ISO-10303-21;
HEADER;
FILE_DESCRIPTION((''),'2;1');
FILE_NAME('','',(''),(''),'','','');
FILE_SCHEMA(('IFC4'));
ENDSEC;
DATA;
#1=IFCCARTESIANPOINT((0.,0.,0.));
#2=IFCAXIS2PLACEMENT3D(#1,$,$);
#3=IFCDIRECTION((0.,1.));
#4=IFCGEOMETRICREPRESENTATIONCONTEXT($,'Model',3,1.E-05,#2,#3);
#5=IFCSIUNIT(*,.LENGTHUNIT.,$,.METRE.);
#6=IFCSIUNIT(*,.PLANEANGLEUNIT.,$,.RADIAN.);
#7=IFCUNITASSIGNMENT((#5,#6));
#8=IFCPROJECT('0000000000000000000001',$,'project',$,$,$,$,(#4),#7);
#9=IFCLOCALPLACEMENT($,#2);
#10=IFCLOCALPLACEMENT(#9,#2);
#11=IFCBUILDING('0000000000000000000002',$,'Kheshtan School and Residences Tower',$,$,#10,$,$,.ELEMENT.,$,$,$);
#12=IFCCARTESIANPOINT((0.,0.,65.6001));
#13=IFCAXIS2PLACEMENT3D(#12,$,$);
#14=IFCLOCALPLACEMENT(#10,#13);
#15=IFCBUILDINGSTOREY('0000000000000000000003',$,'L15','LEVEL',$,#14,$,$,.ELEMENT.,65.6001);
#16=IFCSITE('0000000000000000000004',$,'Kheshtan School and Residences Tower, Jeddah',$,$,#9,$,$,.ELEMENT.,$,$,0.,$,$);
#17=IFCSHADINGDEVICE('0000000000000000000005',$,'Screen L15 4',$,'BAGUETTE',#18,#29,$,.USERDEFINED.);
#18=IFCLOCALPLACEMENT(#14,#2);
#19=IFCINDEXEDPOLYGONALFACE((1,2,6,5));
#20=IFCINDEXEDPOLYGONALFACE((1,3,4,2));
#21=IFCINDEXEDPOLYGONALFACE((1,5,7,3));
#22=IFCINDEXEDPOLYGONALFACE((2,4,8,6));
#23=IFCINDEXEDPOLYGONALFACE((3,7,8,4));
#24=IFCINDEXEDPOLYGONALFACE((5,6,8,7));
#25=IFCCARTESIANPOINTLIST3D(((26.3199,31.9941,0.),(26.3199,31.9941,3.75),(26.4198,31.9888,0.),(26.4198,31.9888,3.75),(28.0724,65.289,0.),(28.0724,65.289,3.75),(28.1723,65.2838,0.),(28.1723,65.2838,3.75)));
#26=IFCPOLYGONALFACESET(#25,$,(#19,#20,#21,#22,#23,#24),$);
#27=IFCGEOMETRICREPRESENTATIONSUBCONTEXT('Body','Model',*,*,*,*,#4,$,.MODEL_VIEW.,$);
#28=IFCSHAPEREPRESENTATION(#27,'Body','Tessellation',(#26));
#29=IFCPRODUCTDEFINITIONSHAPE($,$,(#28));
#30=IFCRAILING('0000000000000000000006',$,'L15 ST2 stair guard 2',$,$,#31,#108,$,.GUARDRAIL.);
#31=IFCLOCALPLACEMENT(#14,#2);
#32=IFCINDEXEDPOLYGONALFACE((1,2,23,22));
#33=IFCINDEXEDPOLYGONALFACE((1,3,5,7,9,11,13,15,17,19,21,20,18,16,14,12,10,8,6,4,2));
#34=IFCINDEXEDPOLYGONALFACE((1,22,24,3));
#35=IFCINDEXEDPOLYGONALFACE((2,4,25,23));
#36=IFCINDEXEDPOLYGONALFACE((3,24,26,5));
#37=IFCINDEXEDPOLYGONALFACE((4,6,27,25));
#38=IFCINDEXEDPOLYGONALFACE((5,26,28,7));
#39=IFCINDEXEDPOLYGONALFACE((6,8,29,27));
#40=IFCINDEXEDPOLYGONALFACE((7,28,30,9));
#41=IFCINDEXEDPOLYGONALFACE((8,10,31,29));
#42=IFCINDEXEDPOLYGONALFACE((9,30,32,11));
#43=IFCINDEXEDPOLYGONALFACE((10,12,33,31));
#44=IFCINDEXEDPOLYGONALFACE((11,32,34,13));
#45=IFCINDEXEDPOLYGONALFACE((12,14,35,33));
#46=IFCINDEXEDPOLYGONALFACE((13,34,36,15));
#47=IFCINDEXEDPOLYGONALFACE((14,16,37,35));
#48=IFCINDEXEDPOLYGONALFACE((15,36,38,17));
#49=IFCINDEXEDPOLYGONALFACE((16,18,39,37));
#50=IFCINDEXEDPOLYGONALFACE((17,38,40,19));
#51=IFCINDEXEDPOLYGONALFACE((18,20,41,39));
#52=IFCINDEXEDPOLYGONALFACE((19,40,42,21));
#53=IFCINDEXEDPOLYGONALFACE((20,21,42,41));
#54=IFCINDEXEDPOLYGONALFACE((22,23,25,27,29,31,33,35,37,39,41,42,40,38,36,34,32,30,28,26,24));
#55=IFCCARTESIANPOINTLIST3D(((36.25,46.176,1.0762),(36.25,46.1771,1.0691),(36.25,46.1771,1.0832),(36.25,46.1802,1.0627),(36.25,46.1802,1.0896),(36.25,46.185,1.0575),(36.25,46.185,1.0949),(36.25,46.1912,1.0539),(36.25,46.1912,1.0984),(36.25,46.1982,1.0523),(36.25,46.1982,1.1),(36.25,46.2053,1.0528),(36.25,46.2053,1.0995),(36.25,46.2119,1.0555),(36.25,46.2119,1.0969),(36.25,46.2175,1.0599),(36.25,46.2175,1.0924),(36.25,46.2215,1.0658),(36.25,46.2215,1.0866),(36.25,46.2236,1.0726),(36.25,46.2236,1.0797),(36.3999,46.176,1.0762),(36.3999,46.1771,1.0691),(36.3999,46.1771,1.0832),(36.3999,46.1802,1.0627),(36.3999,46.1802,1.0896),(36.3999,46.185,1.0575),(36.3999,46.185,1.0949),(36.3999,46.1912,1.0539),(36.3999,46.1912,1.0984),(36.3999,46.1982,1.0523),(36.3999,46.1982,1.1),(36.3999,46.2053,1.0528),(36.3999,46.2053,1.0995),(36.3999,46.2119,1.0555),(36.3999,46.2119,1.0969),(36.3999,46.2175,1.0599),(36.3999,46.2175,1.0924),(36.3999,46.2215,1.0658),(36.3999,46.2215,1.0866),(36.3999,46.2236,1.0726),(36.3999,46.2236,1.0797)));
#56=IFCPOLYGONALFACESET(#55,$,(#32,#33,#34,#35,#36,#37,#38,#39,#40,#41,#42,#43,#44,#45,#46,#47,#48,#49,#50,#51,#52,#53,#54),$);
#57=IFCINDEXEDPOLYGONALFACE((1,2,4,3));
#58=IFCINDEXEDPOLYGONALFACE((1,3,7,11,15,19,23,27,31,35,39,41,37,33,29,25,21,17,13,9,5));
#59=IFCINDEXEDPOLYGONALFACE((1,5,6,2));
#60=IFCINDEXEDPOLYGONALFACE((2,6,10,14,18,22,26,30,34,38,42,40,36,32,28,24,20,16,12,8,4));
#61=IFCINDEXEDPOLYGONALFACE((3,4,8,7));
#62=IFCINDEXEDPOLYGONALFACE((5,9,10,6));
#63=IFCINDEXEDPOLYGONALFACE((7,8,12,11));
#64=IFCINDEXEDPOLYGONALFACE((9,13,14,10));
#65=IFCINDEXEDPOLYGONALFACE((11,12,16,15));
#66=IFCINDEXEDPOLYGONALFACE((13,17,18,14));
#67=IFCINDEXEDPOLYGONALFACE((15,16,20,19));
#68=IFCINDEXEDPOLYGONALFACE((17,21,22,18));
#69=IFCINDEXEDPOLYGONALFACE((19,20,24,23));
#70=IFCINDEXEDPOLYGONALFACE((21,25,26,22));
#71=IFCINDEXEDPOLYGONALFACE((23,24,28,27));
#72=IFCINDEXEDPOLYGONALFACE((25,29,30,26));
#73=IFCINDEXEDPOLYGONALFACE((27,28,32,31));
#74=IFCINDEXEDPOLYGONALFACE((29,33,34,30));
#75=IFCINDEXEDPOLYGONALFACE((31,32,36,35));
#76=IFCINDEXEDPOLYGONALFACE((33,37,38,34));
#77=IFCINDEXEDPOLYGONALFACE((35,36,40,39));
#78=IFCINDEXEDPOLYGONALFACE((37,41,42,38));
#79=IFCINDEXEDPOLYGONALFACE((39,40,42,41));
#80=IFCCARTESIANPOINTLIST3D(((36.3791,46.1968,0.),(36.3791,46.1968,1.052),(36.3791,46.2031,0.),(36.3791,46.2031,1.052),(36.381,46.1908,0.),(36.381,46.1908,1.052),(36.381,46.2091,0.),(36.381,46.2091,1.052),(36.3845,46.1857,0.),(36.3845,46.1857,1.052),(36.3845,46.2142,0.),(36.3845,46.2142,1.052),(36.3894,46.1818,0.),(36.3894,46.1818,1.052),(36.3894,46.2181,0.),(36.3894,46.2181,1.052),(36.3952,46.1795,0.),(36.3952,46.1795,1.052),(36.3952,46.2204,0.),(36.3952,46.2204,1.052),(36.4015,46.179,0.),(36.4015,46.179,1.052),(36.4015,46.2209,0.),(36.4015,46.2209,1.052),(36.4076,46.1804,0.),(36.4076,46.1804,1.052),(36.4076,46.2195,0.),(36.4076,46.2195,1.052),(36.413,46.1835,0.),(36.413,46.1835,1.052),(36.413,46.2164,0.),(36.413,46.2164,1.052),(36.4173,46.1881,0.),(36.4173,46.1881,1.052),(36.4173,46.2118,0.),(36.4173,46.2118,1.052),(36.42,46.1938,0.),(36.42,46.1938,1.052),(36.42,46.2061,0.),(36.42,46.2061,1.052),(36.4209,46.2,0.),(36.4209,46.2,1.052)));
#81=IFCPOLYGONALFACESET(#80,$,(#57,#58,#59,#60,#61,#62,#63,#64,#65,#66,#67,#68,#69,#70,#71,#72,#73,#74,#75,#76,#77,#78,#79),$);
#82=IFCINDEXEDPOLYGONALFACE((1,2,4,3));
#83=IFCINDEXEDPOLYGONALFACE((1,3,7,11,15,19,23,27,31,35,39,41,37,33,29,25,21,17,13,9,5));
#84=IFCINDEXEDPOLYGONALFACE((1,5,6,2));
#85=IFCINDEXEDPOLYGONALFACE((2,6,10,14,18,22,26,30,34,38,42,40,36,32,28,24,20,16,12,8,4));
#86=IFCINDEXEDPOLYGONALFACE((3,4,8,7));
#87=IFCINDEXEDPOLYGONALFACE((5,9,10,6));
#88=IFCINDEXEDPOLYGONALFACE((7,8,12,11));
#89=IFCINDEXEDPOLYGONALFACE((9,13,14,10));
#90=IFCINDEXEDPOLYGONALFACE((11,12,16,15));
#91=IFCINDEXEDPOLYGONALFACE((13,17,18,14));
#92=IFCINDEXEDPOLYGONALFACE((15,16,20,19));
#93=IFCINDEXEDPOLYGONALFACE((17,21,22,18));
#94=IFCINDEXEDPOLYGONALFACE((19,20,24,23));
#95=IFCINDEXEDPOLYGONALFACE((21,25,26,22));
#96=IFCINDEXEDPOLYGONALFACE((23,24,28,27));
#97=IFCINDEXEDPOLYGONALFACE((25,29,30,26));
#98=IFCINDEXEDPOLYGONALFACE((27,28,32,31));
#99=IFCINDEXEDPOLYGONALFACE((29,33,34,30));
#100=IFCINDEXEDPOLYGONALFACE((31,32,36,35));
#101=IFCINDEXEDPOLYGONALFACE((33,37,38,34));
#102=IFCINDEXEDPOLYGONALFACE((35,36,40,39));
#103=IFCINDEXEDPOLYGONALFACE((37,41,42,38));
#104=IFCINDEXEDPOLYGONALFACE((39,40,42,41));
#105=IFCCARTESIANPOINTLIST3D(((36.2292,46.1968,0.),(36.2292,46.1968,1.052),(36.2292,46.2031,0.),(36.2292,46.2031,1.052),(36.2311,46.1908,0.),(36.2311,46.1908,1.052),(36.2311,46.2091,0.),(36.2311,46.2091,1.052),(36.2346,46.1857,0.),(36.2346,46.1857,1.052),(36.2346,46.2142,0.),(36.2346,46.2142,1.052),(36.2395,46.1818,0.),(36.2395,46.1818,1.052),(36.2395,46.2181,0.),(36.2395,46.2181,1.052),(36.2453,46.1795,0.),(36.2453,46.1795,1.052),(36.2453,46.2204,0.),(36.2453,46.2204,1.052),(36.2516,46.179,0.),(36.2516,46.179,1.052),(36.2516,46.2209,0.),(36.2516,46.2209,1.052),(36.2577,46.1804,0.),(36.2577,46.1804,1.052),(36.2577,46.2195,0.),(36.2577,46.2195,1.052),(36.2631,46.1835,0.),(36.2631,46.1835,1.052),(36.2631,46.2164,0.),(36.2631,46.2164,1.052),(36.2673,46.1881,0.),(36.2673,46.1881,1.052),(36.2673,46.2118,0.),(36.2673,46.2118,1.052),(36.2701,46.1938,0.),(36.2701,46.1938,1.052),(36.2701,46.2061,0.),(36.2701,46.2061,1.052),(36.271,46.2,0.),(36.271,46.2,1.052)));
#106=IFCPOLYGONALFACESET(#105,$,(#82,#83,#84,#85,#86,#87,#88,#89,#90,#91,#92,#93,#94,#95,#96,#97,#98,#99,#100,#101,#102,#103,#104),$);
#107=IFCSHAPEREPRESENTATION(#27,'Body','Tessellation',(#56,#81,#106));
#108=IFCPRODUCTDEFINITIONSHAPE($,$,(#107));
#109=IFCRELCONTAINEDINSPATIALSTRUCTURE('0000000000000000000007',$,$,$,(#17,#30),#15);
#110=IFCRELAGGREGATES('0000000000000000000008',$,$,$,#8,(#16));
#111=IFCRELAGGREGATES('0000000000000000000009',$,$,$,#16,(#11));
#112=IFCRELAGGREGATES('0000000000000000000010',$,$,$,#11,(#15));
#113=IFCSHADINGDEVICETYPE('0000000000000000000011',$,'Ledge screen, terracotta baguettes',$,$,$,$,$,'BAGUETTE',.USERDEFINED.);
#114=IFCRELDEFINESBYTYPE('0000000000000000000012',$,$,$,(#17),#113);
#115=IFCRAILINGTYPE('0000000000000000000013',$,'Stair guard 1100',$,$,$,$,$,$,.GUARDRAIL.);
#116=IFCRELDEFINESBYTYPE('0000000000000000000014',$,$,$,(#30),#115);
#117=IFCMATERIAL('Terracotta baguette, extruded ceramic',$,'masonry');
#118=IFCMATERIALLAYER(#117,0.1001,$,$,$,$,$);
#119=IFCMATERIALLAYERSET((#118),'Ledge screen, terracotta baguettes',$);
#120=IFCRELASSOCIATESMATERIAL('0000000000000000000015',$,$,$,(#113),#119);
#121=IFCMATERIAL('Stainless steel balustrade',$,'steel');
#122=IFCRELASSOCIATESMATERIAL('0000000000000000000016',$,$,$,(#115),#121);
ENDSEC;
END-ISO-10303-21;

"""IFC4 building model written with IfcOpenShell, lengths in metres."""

from ifc_helpers import new_model, si_unit, direction, frame, origin, origin_2d, place, context, subcontext, project, spatial, rectangle, circle, extrude, material, layer, layer_set, type_object, element, save


model = new_model("IFC4")

# Units and contexts
model_context = context("Model", 3, precision=1e-05, world=origin(), true_north=direction((0.0, 1.0)))
body_context = subcontext(model_context, "Body", "Model", "MODEL_VIEW")
ifc_project = project(units=[si_unit("LENGTHUNIT", "METRE"), si_unit("PLANEANGLEUNIT", "RADIAN")], contexts=[model_context])

# Site, building, storey
site_placement = place(None, origin())
site = spatial("IfcSite", under=ifc_project, at=site_placement, Name="Kheshtan School and Residences Tower, Jeddah", CompositionType="ELEMENT", RefElevation=0.0)
building_placement = place(site_placement, origin())
building = spatial("IfcBuilding", under=site, at=building_placement, Name="Kheshtan School and Residences Tower", CompositionType="ELEMENT")
storey_placement = place(building_placement, frame((0.0, 0.0, 65.6001)))
storey = spatial("IfcBuildingStorey", under=building, at=storey_placement, Name="L15", Description="LEVEL", CompositionType="ELEMENT", Elevation=65.6001)

# Shading device
ifc_material_1 = material(Name="Terracotta baguette, extruded ceramic", Category="masonry")
ifc_layer_1 = layer(ifc_material_1, 0.1001)
ifc_layer_set_1 = layer_set([ifc_layer_1], Name="Ledge screen, terracotta baguettes")
shading_device_type = type_object("IfcShadingDeviceType", Name="Ledge screen, terracotta baguettes", ElementType="BAGUETTE", PredefinedType="USERDEFINED", material=ifc_layer_set_1)
shading_device_placement = place(storey_placement, frame((27.2461, 48.6389, 0.0), z_axis=(0.0, 0.0, 1.0), x_axis=(0.052563, 0.998618, 0.0)))
element("IfcShadingDevice", 1, at=shading_device_placement, inside=storey, type_object=shading_device_type, Name="Screen L15 4", ObjectType="BAGUETTE", PredefinedType="USERDEFINED", context=body_context, shape_type="SweptSolid", body=[
    extrude(rectangle(XDim=33.3411, YDim=0.1001, at=origin_2d()), origin(), (0.0, 0.0, 1.0), 3.75),
])

# Railing
ifc_material_2 = material(Name="Stainless steel balustrade", Category="steel")
railing_type_1 = type_object("IfcRailingType", Name="Stair guard 1100", PredefinedType="GUARDRAIL", material=ifc_material_2)
railing_1_placement = place(storey_placement, frame((36.3999, 46.2, 0.0)))
element("IfcRailing", 2, at=railing_1_placement, inside=storey, type_object=railing_type_1, Name="L15 ST2 stair guard 2", PredefinedType="GUARDRAIL", context=body_context, shape_type="SweptSolid", body=[
    extrude(circle(Radius=0.0239, at=origin_2d()), frame((0.0, 0.0, 1.0762), z_axis=(-1.0, 0.0, 0.0), x_axis=(0.0, -1.0, 0.0)), (0.0, 0.0, 1.0), 0.1499),
    extrude(circle(Radius=0.021, at=origin_2d()), origin(), (0.0, 0.0, 1.0), 1.052),
    extrude(circle(Radius=0.021, at=origin_2d()), frame((-0.1499, 0.0, 0.0)), (0.0, 0.0, 1.0), 1.052),
])

save(model, "model.ifc")
